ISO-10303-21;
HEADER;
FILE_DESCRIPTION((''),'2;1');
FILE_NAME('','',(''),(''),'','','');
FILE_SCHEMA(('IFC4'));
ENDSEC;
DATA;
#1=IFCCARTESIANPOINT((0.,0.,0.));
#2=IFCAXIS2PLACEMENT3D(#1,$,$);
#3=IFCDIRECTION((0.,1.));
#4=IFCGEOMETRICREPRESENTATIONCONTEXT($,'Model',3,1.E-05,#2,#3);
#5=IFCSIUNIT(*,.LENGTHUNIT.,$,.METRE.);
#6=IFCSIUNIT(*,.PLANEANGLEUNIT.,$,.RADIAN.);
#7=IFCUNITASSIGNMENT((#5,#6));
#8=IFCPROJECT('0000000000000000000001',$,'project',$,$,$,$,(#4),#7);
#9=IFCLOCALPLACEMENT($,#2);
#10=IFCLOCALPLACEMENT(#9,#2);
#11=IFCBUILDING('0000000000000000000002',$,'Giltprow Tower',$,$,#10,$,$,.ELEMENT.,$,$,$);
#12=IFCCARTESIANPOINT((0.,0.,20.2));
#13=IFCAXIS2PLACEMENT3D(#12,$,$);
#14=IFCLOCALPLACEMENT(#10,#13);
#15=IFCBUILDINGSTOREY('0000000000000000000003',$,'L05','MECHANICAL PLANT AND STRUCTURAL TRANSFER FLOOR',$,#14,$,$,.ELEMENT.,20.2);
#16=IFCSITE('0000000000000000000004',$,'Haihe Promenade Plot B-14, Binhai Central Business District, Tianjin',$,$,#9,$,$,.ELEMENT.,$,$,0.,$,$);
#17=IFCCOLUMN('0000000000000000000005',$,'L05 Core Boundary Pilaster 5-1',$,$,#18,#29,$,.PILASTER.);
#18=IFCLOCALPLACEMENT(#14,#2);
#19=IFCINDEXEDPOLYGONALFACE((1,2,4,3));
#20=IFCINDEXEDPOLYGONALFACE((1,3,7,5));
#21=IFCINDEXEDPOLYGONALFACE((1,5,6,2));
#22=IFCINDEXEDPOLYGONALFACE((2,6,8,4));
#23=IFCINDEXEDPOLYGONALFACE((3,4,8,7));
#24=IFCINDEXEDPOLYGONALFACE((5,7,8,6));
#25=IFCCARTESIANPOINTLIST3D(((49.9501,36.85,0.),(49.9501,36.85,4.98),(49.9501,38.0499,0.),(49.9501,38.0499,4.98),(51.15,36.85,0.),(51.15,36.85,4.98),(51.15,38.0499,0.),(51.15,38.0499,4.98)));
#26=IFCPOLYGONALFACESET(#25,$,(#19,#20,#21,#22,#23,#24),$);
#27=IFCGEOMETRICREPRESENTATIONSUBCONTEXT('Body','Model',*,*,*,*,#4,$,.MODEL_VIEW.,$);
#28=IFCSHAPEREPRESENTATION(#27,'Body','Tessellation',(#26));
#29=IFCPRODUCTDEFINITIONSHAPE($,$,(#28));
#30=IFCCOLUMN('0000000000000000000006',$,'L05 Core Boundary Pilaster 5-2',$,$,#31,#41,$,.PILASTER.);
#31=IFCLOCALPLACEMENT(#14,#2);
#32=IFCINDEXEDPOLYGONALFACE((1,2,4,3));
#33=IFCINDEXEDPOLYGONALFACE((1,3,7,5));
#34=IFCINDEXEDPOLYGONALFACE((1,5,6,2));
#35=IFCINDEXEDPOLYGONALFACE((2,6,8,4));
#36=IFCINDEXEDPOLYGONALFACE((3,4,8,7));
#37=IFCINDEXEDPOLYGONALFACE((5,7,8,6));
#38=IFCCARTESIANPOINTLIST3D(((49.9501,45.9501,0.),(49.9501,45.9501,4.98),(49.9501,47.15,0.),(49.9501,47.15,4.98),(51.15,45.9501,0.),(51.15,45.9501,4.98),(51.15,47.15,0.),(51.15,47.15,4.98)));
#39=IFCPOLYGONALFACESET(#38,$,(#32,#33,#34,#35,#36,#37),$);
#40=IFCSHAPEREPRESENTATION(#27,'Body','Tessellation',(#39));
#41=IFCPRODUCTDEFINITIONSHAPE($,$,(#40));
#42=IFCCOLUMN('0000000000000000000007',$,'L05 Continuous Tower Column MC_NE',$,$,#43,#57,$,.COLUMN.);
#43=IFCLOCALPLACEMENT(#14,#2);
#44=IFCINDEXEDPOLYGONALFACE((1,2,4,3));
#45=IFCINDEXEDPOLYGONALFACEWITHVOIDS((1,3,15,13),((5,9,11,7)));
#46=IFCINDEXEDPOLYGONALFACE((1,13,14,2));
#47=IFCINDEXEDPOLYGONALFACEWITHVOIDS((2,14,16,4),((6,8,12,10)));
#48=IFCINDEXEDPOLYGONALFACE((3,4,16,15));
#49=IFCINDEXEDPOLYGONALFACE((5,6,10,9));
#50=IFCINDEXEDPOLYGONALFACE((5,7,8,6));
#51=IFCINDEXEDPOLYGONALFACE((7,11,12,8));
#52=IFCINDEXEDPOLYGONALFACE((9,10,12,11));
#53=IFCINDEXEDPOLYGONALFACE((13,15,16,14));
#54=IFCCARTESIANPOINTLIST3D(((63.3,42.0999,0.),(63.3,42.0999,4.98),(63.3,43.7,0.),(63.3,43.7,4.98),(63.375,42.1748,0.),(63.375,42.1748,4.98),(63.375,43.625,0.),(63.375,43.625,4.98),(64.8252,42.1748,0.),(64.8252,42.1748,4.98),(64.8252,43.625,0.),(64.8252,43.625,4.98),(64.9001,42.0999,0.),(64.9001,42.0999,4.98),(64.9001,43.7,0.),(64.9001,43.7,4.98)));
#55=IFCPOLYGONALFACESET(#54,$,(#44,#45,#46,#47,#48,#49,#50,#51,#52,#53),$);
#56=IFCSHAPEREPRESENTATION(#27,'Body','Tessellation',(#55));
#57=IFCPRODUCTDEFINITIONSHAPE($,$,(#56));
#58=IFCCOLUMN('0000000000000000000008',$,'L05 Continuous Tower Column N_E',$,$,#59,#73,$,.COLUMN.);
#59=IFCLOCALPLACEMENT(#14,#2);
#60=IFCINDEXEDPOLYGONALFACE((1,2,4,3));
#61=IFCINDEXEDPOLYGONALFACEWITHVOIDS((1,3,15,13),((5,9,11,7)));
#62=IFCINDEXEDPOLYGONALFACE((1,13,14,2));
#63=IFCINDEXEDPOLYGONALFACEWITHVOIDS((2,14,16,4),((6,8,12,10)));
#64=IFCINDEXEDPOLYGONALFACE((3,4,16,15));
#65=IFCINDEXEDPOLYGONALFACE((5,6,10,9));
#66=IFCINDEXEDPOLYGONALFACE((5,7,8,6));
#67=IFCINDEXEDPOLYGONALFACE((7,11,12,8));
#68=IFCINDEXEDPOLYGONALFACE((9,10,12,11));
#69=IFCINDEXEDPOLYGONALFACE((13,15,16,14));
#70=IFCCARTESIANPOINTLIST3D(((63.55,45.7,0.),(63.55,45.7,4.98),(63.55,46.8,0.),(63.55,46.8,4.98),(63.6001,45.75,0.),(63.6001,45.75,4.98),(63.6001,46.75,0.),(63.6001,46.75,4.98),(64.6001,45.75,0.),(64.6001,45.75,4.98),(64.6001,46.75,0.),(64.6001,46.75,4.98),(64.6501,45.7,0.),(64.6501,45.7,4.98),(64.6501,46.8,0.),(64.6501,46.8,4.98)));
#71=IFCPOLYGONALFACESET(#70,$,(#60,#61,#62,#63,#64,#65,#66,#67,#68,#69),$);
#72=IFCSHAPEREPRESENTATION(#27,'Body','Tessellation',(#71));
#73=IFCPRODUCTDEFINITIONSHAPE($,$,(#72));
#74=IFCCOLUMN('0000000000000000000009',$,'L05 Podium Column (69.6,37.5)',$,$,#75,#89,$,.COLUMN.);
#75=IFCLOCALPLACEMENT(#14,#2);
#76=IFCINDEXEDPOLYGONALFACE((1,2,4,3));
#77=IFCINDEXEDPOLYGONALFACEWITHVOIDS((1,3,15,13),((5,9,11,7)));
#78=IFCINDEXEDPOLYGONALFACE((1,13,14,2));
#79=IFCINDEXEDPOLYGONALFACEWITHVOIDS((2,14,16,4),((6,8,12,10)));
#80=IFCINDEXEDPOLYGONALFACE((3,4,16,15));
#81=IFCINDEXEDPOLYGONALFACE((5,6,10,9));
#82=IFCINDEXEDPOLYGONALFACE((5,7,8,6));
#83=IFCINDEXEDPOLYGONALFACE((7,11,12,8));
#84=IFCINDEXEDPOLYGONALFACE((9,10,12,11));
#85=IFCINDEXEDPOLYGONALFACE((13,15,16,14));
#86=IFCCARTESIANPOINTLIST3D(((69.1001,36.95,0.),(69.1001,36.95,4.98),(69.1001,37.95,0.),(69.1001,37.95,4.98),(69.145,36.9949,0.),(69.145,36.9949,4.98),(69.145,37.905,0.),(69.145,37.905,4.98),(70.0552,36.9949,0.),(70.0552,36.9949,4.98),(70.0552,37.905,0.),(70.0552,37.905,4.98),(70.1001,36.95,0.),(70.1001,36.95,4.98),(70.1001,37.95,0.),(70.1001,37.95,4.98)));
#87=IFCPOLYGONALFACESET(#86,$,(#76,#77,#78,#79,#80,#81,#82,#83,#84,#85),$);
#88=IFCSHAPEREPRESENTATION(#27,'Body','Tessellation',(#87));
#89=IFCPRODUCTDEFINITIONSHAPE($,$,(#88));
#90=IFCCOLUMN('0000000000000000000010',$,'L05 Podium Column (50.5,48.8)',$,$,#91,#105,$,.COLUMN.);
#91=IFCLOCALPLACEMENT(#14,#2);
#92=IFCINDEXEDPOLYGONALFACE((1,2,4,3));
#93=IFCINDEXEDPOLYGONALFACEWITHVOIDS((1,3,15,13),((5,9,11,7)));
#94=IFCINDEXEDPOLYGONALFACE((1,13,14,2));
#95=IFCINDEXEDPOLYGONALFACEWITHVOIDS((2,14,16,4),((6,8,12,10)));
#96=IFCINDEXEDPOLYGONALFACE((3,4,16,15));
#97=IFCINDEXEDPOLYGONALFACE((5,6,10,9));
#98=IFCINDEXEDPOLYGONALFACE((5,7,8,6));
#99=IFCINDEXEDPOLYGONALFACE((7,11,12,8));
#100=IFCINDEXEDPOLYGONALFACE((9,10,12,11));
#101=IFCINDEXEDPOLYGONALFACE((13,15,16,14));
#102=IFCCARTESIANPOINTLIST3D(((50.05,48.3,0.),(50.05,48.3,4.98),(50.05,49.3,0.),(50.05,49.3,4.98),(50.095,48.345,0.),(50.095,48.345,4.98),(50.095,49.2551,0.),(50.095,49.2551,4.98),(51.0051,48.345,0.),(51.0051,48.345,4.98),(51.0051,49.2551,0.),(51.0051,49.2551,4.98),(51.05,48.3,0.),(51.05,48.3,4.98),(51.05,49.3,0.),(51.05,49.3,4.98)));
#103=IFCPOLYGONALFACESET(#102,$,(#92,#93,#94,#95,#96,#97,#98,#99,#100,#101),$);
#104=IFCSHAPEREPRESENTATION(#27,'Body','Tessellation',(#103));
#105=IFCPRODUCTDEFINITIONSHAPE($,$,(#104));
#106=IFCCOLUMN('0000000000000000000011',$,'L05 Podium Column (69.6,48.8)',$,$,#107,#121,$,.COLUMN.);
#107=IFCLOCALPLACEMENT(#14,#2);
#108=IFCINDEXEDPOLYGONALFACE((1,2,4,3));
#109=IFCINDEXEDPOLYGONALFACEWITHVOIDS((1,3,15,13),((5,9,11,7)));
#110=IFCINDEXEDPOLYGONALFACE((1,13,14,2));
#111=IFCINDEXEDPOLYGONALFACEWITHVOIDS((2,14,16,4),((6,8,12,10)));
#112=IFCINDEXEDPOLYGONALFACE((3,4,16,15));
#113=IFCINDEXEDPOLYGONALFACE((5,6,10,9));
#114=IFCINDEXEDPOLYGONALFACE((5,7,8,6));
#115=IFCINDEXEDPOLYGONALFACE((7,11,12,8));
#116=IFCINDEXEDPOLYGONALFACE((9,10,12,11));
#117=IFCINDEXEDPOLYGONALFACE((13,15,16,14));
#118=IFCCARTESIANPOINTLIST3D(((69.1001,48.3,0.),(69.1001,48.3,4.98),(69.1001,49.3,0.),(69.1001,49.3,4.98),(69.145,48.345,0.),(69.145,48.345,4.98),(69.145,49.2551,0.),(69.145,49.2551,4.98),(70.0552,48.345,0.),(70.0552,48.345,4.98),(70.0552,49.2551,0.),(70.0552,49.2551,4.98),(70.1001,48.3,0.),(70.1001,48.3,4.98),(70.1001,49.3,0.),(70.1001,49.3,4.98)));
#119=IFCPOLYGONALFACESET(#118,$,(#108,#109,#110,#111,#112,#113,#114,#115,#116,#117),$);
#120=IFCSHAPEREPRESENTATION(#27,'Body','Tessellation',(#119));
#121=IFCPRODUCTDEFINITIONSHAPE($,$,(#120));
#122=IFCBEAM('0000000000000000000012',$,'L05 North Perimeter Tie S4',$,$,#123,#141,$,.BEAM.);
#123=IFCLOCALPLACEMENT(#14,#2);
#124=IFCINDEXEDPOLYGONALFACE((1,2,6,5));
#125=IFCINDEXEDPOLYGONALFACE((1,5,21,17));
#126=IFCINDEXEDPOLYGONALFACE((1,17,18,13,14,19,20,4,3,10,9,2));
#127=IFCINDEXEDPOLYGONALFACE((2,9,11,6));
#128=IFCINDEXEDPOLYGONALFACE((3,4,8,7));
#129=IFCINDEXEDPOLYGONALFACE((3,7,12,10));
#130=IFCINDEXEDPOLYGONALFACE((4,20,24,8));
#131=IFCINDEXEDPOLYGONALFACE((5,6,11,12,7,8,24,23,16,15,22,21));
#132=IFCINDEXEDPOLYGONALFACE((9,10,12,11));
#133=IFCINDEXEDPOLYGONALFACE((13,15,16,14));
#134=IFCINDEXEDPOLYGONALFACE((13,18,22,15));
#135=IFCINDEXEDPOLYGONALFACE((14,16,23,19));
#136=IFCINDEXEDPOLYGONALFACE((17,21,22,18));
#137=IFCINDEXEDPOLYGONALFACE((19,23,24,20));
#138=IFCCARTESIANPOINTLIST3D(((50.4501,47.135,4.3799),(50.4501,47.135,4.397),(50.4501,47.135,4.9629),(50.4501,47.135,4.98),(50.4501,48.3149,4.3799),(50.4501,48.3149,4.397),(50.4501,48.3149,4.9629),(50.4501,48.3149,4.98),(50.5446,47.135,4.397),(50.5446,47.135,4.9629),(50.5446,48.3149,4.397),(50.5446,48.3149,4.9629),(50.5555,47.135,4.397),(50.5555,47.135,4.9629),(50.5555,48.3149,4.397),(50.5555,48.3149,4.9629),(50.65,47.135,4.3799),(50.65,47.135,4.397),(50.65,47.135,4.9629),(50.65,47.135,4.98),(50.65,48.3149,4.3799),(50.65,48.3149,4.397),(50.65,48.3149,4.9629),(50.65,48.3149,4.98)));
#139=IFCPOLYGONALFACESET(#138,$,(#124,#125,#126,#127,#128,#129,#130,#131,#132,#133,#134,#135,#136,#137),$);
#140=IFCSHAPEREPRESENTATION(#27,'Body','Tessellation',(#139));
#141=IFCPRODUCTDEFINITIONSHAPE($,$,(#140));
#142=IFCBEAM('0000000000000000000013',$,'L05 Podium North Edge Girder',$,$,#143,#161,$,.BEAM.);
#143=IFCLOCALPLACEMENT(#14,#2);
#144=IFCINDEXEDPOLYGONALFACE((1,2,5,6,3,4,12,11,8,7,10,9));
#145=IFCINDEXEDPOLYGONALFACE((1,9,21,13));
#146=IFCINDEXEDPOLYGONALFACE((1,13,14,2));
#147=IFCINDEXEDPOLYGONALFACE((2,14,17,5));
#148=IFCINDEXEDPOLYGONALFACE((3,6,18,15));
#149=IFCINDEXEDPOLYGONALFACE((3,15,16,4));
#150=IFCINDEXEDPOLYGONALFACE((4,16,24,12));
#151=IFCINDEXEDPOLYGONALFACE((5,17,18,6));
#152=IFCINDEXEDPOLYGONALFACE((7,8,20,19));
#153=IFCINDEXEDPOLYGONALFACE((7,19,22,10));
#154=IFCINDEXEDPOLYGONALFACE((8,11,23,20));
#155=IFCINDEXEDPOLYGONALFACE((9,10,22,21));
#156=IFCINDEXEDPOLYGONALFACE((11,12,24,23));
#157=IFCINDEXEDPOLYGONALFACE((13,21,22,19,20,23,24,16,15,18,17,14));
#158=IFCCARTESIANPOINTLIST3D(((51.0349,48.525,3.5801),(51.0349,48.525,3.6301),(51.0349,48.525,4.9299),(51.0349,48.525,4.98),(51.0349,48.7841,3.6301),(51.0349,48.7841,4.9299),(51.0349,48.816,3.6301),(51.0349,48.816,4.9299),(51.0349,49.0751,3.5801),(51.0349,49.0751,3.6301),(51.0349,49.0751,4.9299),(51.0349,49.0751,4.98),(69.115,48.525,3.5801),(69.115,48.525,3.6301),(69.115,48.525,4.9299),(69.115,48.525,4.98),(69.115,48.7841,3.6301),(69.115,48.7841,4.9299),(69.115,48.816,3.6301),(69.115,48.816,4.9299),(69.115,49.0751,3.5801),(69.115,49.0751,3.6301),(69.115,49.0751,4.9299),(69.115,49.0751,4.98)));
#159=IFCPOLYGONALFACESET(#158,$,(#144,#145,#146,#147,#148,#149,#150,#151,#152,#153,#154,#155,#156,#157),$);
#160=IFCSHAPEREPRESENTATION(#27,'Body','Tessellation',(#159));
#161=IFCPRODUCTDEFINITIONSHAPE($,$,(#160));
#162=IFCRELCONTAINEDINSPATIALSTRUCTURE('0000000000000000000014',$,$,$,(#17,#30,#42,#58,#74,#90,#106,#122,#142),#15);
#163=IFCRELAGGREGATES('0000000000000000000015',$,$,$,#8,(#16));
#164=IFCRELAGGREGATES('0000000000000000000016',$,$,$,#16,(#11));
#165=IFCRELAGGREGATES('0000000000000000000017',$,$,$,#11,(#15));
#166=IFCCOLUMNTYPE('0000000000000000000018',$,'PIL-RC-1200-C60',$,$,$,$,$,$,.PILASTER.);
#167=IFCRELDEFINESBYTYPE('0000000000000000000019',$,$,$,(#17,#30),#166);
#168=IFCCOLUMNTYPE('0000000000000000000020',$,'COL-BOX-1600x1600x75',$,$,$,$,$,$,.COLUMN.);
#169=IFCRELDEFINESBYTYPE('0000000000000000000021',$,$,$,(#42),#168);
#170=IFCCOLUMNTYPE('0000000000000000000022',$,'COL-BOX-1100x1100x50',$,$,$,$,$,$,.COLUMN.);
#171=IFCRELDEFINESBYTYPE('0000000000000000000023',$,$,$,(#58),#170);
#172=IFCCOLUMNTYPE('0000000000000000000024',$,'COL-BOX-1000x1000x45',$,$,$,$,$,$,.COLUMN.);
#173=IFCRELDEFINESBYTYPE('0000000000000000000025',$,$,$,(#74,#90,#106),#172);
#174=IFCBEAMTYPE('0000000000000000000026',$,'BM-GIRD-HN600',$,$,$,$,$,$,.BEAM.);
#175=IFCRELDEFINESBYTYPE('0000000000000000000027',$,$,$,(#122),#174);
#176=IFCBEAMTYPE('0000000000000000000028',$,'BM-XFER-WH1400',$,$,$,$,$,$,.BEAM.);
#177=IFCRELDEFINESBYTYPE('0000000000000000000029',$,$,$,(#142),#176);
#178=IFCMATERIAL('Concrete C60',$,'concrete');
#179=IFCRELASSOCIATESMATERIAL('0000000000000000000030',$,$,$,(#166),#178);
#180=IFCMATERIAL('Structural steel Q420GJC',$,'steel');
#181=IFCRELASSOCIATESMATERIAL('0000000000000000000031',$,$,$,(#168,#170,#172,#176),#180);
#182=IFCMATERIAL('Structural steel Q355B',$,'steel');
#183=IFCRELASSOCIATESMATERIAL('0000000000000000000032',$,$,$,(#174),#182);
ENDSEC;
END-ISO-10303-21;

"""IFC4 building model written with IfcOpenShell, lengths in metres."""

from ifc_helpers import new_model, si_unit, direction, frame, origin, origin_2d, place, context, subcontext, project, spatial, rectangle, hollow_rectangle, i_section, extrude, source, transform, mapped, material, material_profile, profile_set, type_object, element, save


model = new_model("IFC4")

# Units and contexts
model_context = context("Model", 3, precision=1e-05, world=origin(), true_north=direction((0.0, 1.0)))
body_context = subcontext(model_context, "Body", "Model", "MODEL_VIEW")
ifc_project = project(units=[si_unit("LENGTHUNIT", "METRE"), si_unit("PLANEANGLEUNIT", "RADIAN")], contexts=[model_context])

# Site, building, storey
site_placement = place(None, origin())
site = spatial("IfcSite", under=ifc_project, at=site_placement, Name="Haihe Promenade Plot B-14, Binhai Central Business District, Tianjin", CompositionType="ELEMENT", RefElevation=0.0)
building_placement = place(site_placement, origin())
building = spatial("IfcBuilding", under=site, at=building_placement, Name="Giltprow Tower", CompositionType="ELEMENT")
storey_placement = place(building_placement, frame((0.0, 0.0, 20.2)))
storey = spatial("IfcBuildingStorey", under=building, at=storey_placement, Name="L05", Description="MECHANICAL PLANT AND STRUCTURAL TRANSFER FLOOR", CompositionType="ELEMENT", Elevation=20.2)

# Columns
ifc_material_1 = material(Name="Concrete C60", Category="concrete")
ifc_material_profile_1 = material_profile(ifc_material_1, rectangle(XDim=1.2, YDim=1.2, at=origin_2d()), Name="RC 1200x1200")
ifc_profile_set_1 = profile_set([ifc_material_profile_1], Name="Concrete C60")
column_type_1 = type_object("IfcColumnType", Name="PIL-RC-1200-C60", PredefinedType="PILASTER", material=ifc_profile_set_1)
shared_shape_1 = source(origin(), body_context, "Body", "SweptSolid", [
    extrude(rectangle(XDim=1.2, YDim=1.2, at=origin_2d()), origin(), (0.0, 0.0, 1.0), 4.98),
])
for number, where, z_axis, x_axis, name in (
    (1, (50.55, 37.45, 0.0), (0.0, 0.0, 1.0), (1.0, 0.0, 0.0), "L05 Core Boundary Pilaster 5-1"),
    (2, (50.55, 46.55, 0.0), (0.0, 0.0, 1.0), (1.0, 0.0, 0.0), "L05 Core Boundary Pilaster 5-2"),
):
    element("IfcColumn", number, at=place(storey_placement, frame(where, z_axis=z_axis, x_axis=x_axis)), inside=storey, type_object=column_type_1, Name=name, PredefinedType="PILASTER", context=body_context, shape_type="MappedRepresentation", body=[
        mapped(shared_shape_1, transform((0.0, 0.0, 0.0), x_axis=(1.0, 0.0, 0.0), y_axis=(0.0, 1.0, 0.0), z_axis=(0.0, 0.0, 1.0), scale=1.0)),
    ])
ifc_material_2 = material(Name="Structural steel Q420GJC", Category="steel")
ifc_material_profile_2 = material_profile(ifc_material_2, hollow_rectangle(XDim=1.6001, YDim=1.6001, WallThickness=0.075, at=origin_2d()), Name="BOX 1600x1600x75")
ifc_profile_set_2 = profile_set([ifc_material_profile_2], Name="Structural steel Q420GJC")
column_type_2 = type_object("IfcColumnType", Name="COL-BOX-1600x1600x75", PredefinedType="COLUMN", material=ifc_profile_set_2)
shared_shape_2 = source(origin(), body_context, "Body", "SweptSolid", [
    extrude(hollow_rectangle(XDim=1.6001, YDim=1.6001, WallThickness=0.075, at=origin_2d()), origin(), (0.0, 0.0, 1.0), 4.98),
])
column_1_placement = place(storey_placement, frame((64.1001, 42.8999, 0.0), z_axis=(0.0, 0.0, 1.0), x_axis=(1.0, 0.0, 0.0)))
element("IfcColumn", 3, at=column_1_placement, inside=storey, type_object=column_type_2, Name="L05 Continuous Tower Column MC_NE", PredefinedType="COLUMN", context=body_context, shape_type="MappedRepresentation", body=[
    mapped(shared_shape_2, transform((0.0, 0.0, 0.0), x_axis=(1.0, 0.0, 0.0), y_axis=(0.0, 1.0, 0.0), z_axis=(0.0, 0.0, 1.0), scale=1.0)),
])
ifc_material_profile_3 = material_profile(ifc_material_2, hollow_rectangle(XDim=1.1001, YDim=1.1001, WallThickness=0.05, at=origin_2d()), Name="BOX 1100x1100x50")
ifc_profile_set_3 = profile_set([ifc_material_profile_3], Name="Structural steel Q420GJC")
column_type_3 = type_object("IfcColumnType", Name="COL-BOX-1100x1100x50", PredefinedType="COLUMN", material=ifc_profile_set_3)
shared_shape_3 = source(origin(), body_context, "Body", "SweptSolid", [
    extrude(hollow_rectangle(XDim=1.1001, YDim=1.1001, WallThickness=0.05, at=origin_2d()), origin(), (0.0, 0.0, 1.0), 4.98),
])
column_2_placement = place(storey_placement, frame((64.1001, 46.25, 0.0), z_axis=(0.0, 0.0, 1.0), x_axis=(1.0, 0.0, 0.0)))
element("IfcColumn", 4, at=column_2_placement, inside=storey, type_object=column_type_3, Name="L05 Continuous Tower Column N_E", PredefinedType="COLUMN", context=body_context, shape_type="MappedRepresentation", body=[
    mapped(shared_shape_3, transform((0.0, 0.0, 0.0), x_axis=(1.0, 0.0, 0.0), y_axis=(0.0, 1.0, 0.0), z_axis=(0.0, 0.0, 1.0), scale=1.0)),
])
ifc_material_profile_4 = material_profile(ifc_material_2, hollow_rectangle(XDim=1.0, YDim=1.0, WallThickness=0.0449, at=origin_2d()), Name="BOX 1000x1000x45")
ifc_profile_set_4 = profile_set([ifc_material_profile_4], Name="Structural steel Q420GJC")
column_type_4 = type_object("IfcColumnType", Name="COL-BOX-1000x1000x45", PredefinedType="COLUMN", material=ifc_profile_set_4)
shared_shape_4 = source(origin(), body_context, "Body", "SweptSolid", [
    extrude(hollow_rectangle(XDim=1.0, YDim=1.0, WallThickness=0.0449, at=origin_2d()), origin(), (0.0, 0.0, 1.0), 4.98),
])
for number, where, z_axis, x_axis, name in (
    (5, (69.6001, 37.45, 0.0), (0.0, 0.0, 1.0), (1.0, 0.0, 0.0), "L05 Podium Column (69.6,37.5)"),
    (6, (50.55, 48.8, 0.0), (0.0, 0.0, 1.0), (1.0, 0.0, 0.0), "L05 Podium Column (50.5,48.8)"),
    (7, (69.6001, 48.8, 0.0), (0.0, 0.0, 1.0), (1.0, 0.0, 0.0), "L05 Podium Column (69.6,48.8)"),
):
    element("IfcColumn", number, at=place(storey_placement, frame(where, z_axis=z_axis, x_axis=x_axis)), inside=storey, type_object=column_type_4, Name=name, PredefinedType="COLUMN", context=body_context, shape_type="MappedRepresentation", body=[
        mapped(shared_shape_4, transform((0.0, 0.0, 0.0), x_axis=(1.0, 0.0, 0.0), y_axis=(0.0, 1.0, 0.0), z_axis=(0.0, 0.0, 1.0), scale=1.0)),
    ])

# Beams
ifc_material_3 = material(Name="Structural steel Q355B", Category="steel")
ifc_material_profile_5 = material_profile(ifc_material_3, i_section(OverallWidth=0.2, OverallDepth=0.6001, WebThickness=0.011, FlangeThickness=0.0171, at=origin_2d()), Name="HN 600x200x11x17")
ifc_profile_set_5 = profile_set([ifc_material_profile_5], Name="Structural steel Q355B")
beam_type_1 = type_object("IfcBeamType", Name="BM-GIRD-HN600", PredefinedType="BEAM", material=ifc_profile_set_5)
shared_shape_5 = source(origin(), body_context, "Body", "SweptSolid", [
    extrude(i_section(OverallWidth=0.2, OverallDepth=0.6001, WebThickness=0.011, FlangeThickness=0.0171, at=origin_2d()), origin(), (0.0, 0.0, 1.0), 1.1799),
])
beam_1_placement = place(storey_placement, frame((50.55, 47.135, 4.6799), z_axis=(0.0, 1.0, 0.0), x_axis=(-1.0, 0.0, 0.0)))
element("IfcBeam", 8, at=beam_1_placement, inside=storey, type_object=beam_type_1, Name="L05 North Perimeter Tie S4", PredefinedType="BEAM", context=body_context, shape_type="MappedRepresentation", body=[
    mapped(shared_shape_5, transform((0.0, 0.0, 0.0), x_axis=(1.0, 0.0, 0.0), y_axis=(0.0, 1.0, 0.0), z_axis=(0.0, 0.0, 1.0), scale=1.0)),
])
ifc_material_profile_6 = material_profile(ifc_material_2, i_section(OverallWidth=0.55, OverallDepth=1.3999, WebThickness=0.032, FlangeThickness=0.05, at=origin_2d()), Name="WH 1400x550x32x50")
ifc_profile_set_6 = profile_set([ifc_material_profile_6], Name="Structural steel Q420GJC")
beam_type_2 = type_object("IfcBeamType", Name="BM-XFER-WH1400", PredefinedType="BEAM", material=ifc_profile_set_6)
shared_shape_6 = source(origin(), body_context, "Body", "SweptSolid", [
    extrude(i_section(OverallWidth=0.55, OverallDepth=1.3999, WebThickness=0.032, FlangeThickness=0.05, at=origin_2d()), origin(), (0.0, 0.0, 1.0), 18.0801),
])
beam_2_placement = place(storey_placement, frame((51.0349, 48.8, 4.28), z_axis=(1.0, 0.0, 0.0), x_axis=(0.0, 1.0, 0.0)))
element("IfcBeam", 9, at=beam_2_placement, inside=storey, type_object=beam_type_2, Name="L05 Podium North Edge Girder", PredefinedType="BEAM", context=body_context, shape_type="MappedRepresentation", body=[
    mapped(shared_shape_6, transform((0.0, 0.0, 0.0), x_axis=(1.0, 0.0, 0.0), y_axis=(0.0, 1.0, 0.0), z_axis=(0.0, 0.0, 1.0), scale=1.0)),
])

save(model, "model.ifc")
